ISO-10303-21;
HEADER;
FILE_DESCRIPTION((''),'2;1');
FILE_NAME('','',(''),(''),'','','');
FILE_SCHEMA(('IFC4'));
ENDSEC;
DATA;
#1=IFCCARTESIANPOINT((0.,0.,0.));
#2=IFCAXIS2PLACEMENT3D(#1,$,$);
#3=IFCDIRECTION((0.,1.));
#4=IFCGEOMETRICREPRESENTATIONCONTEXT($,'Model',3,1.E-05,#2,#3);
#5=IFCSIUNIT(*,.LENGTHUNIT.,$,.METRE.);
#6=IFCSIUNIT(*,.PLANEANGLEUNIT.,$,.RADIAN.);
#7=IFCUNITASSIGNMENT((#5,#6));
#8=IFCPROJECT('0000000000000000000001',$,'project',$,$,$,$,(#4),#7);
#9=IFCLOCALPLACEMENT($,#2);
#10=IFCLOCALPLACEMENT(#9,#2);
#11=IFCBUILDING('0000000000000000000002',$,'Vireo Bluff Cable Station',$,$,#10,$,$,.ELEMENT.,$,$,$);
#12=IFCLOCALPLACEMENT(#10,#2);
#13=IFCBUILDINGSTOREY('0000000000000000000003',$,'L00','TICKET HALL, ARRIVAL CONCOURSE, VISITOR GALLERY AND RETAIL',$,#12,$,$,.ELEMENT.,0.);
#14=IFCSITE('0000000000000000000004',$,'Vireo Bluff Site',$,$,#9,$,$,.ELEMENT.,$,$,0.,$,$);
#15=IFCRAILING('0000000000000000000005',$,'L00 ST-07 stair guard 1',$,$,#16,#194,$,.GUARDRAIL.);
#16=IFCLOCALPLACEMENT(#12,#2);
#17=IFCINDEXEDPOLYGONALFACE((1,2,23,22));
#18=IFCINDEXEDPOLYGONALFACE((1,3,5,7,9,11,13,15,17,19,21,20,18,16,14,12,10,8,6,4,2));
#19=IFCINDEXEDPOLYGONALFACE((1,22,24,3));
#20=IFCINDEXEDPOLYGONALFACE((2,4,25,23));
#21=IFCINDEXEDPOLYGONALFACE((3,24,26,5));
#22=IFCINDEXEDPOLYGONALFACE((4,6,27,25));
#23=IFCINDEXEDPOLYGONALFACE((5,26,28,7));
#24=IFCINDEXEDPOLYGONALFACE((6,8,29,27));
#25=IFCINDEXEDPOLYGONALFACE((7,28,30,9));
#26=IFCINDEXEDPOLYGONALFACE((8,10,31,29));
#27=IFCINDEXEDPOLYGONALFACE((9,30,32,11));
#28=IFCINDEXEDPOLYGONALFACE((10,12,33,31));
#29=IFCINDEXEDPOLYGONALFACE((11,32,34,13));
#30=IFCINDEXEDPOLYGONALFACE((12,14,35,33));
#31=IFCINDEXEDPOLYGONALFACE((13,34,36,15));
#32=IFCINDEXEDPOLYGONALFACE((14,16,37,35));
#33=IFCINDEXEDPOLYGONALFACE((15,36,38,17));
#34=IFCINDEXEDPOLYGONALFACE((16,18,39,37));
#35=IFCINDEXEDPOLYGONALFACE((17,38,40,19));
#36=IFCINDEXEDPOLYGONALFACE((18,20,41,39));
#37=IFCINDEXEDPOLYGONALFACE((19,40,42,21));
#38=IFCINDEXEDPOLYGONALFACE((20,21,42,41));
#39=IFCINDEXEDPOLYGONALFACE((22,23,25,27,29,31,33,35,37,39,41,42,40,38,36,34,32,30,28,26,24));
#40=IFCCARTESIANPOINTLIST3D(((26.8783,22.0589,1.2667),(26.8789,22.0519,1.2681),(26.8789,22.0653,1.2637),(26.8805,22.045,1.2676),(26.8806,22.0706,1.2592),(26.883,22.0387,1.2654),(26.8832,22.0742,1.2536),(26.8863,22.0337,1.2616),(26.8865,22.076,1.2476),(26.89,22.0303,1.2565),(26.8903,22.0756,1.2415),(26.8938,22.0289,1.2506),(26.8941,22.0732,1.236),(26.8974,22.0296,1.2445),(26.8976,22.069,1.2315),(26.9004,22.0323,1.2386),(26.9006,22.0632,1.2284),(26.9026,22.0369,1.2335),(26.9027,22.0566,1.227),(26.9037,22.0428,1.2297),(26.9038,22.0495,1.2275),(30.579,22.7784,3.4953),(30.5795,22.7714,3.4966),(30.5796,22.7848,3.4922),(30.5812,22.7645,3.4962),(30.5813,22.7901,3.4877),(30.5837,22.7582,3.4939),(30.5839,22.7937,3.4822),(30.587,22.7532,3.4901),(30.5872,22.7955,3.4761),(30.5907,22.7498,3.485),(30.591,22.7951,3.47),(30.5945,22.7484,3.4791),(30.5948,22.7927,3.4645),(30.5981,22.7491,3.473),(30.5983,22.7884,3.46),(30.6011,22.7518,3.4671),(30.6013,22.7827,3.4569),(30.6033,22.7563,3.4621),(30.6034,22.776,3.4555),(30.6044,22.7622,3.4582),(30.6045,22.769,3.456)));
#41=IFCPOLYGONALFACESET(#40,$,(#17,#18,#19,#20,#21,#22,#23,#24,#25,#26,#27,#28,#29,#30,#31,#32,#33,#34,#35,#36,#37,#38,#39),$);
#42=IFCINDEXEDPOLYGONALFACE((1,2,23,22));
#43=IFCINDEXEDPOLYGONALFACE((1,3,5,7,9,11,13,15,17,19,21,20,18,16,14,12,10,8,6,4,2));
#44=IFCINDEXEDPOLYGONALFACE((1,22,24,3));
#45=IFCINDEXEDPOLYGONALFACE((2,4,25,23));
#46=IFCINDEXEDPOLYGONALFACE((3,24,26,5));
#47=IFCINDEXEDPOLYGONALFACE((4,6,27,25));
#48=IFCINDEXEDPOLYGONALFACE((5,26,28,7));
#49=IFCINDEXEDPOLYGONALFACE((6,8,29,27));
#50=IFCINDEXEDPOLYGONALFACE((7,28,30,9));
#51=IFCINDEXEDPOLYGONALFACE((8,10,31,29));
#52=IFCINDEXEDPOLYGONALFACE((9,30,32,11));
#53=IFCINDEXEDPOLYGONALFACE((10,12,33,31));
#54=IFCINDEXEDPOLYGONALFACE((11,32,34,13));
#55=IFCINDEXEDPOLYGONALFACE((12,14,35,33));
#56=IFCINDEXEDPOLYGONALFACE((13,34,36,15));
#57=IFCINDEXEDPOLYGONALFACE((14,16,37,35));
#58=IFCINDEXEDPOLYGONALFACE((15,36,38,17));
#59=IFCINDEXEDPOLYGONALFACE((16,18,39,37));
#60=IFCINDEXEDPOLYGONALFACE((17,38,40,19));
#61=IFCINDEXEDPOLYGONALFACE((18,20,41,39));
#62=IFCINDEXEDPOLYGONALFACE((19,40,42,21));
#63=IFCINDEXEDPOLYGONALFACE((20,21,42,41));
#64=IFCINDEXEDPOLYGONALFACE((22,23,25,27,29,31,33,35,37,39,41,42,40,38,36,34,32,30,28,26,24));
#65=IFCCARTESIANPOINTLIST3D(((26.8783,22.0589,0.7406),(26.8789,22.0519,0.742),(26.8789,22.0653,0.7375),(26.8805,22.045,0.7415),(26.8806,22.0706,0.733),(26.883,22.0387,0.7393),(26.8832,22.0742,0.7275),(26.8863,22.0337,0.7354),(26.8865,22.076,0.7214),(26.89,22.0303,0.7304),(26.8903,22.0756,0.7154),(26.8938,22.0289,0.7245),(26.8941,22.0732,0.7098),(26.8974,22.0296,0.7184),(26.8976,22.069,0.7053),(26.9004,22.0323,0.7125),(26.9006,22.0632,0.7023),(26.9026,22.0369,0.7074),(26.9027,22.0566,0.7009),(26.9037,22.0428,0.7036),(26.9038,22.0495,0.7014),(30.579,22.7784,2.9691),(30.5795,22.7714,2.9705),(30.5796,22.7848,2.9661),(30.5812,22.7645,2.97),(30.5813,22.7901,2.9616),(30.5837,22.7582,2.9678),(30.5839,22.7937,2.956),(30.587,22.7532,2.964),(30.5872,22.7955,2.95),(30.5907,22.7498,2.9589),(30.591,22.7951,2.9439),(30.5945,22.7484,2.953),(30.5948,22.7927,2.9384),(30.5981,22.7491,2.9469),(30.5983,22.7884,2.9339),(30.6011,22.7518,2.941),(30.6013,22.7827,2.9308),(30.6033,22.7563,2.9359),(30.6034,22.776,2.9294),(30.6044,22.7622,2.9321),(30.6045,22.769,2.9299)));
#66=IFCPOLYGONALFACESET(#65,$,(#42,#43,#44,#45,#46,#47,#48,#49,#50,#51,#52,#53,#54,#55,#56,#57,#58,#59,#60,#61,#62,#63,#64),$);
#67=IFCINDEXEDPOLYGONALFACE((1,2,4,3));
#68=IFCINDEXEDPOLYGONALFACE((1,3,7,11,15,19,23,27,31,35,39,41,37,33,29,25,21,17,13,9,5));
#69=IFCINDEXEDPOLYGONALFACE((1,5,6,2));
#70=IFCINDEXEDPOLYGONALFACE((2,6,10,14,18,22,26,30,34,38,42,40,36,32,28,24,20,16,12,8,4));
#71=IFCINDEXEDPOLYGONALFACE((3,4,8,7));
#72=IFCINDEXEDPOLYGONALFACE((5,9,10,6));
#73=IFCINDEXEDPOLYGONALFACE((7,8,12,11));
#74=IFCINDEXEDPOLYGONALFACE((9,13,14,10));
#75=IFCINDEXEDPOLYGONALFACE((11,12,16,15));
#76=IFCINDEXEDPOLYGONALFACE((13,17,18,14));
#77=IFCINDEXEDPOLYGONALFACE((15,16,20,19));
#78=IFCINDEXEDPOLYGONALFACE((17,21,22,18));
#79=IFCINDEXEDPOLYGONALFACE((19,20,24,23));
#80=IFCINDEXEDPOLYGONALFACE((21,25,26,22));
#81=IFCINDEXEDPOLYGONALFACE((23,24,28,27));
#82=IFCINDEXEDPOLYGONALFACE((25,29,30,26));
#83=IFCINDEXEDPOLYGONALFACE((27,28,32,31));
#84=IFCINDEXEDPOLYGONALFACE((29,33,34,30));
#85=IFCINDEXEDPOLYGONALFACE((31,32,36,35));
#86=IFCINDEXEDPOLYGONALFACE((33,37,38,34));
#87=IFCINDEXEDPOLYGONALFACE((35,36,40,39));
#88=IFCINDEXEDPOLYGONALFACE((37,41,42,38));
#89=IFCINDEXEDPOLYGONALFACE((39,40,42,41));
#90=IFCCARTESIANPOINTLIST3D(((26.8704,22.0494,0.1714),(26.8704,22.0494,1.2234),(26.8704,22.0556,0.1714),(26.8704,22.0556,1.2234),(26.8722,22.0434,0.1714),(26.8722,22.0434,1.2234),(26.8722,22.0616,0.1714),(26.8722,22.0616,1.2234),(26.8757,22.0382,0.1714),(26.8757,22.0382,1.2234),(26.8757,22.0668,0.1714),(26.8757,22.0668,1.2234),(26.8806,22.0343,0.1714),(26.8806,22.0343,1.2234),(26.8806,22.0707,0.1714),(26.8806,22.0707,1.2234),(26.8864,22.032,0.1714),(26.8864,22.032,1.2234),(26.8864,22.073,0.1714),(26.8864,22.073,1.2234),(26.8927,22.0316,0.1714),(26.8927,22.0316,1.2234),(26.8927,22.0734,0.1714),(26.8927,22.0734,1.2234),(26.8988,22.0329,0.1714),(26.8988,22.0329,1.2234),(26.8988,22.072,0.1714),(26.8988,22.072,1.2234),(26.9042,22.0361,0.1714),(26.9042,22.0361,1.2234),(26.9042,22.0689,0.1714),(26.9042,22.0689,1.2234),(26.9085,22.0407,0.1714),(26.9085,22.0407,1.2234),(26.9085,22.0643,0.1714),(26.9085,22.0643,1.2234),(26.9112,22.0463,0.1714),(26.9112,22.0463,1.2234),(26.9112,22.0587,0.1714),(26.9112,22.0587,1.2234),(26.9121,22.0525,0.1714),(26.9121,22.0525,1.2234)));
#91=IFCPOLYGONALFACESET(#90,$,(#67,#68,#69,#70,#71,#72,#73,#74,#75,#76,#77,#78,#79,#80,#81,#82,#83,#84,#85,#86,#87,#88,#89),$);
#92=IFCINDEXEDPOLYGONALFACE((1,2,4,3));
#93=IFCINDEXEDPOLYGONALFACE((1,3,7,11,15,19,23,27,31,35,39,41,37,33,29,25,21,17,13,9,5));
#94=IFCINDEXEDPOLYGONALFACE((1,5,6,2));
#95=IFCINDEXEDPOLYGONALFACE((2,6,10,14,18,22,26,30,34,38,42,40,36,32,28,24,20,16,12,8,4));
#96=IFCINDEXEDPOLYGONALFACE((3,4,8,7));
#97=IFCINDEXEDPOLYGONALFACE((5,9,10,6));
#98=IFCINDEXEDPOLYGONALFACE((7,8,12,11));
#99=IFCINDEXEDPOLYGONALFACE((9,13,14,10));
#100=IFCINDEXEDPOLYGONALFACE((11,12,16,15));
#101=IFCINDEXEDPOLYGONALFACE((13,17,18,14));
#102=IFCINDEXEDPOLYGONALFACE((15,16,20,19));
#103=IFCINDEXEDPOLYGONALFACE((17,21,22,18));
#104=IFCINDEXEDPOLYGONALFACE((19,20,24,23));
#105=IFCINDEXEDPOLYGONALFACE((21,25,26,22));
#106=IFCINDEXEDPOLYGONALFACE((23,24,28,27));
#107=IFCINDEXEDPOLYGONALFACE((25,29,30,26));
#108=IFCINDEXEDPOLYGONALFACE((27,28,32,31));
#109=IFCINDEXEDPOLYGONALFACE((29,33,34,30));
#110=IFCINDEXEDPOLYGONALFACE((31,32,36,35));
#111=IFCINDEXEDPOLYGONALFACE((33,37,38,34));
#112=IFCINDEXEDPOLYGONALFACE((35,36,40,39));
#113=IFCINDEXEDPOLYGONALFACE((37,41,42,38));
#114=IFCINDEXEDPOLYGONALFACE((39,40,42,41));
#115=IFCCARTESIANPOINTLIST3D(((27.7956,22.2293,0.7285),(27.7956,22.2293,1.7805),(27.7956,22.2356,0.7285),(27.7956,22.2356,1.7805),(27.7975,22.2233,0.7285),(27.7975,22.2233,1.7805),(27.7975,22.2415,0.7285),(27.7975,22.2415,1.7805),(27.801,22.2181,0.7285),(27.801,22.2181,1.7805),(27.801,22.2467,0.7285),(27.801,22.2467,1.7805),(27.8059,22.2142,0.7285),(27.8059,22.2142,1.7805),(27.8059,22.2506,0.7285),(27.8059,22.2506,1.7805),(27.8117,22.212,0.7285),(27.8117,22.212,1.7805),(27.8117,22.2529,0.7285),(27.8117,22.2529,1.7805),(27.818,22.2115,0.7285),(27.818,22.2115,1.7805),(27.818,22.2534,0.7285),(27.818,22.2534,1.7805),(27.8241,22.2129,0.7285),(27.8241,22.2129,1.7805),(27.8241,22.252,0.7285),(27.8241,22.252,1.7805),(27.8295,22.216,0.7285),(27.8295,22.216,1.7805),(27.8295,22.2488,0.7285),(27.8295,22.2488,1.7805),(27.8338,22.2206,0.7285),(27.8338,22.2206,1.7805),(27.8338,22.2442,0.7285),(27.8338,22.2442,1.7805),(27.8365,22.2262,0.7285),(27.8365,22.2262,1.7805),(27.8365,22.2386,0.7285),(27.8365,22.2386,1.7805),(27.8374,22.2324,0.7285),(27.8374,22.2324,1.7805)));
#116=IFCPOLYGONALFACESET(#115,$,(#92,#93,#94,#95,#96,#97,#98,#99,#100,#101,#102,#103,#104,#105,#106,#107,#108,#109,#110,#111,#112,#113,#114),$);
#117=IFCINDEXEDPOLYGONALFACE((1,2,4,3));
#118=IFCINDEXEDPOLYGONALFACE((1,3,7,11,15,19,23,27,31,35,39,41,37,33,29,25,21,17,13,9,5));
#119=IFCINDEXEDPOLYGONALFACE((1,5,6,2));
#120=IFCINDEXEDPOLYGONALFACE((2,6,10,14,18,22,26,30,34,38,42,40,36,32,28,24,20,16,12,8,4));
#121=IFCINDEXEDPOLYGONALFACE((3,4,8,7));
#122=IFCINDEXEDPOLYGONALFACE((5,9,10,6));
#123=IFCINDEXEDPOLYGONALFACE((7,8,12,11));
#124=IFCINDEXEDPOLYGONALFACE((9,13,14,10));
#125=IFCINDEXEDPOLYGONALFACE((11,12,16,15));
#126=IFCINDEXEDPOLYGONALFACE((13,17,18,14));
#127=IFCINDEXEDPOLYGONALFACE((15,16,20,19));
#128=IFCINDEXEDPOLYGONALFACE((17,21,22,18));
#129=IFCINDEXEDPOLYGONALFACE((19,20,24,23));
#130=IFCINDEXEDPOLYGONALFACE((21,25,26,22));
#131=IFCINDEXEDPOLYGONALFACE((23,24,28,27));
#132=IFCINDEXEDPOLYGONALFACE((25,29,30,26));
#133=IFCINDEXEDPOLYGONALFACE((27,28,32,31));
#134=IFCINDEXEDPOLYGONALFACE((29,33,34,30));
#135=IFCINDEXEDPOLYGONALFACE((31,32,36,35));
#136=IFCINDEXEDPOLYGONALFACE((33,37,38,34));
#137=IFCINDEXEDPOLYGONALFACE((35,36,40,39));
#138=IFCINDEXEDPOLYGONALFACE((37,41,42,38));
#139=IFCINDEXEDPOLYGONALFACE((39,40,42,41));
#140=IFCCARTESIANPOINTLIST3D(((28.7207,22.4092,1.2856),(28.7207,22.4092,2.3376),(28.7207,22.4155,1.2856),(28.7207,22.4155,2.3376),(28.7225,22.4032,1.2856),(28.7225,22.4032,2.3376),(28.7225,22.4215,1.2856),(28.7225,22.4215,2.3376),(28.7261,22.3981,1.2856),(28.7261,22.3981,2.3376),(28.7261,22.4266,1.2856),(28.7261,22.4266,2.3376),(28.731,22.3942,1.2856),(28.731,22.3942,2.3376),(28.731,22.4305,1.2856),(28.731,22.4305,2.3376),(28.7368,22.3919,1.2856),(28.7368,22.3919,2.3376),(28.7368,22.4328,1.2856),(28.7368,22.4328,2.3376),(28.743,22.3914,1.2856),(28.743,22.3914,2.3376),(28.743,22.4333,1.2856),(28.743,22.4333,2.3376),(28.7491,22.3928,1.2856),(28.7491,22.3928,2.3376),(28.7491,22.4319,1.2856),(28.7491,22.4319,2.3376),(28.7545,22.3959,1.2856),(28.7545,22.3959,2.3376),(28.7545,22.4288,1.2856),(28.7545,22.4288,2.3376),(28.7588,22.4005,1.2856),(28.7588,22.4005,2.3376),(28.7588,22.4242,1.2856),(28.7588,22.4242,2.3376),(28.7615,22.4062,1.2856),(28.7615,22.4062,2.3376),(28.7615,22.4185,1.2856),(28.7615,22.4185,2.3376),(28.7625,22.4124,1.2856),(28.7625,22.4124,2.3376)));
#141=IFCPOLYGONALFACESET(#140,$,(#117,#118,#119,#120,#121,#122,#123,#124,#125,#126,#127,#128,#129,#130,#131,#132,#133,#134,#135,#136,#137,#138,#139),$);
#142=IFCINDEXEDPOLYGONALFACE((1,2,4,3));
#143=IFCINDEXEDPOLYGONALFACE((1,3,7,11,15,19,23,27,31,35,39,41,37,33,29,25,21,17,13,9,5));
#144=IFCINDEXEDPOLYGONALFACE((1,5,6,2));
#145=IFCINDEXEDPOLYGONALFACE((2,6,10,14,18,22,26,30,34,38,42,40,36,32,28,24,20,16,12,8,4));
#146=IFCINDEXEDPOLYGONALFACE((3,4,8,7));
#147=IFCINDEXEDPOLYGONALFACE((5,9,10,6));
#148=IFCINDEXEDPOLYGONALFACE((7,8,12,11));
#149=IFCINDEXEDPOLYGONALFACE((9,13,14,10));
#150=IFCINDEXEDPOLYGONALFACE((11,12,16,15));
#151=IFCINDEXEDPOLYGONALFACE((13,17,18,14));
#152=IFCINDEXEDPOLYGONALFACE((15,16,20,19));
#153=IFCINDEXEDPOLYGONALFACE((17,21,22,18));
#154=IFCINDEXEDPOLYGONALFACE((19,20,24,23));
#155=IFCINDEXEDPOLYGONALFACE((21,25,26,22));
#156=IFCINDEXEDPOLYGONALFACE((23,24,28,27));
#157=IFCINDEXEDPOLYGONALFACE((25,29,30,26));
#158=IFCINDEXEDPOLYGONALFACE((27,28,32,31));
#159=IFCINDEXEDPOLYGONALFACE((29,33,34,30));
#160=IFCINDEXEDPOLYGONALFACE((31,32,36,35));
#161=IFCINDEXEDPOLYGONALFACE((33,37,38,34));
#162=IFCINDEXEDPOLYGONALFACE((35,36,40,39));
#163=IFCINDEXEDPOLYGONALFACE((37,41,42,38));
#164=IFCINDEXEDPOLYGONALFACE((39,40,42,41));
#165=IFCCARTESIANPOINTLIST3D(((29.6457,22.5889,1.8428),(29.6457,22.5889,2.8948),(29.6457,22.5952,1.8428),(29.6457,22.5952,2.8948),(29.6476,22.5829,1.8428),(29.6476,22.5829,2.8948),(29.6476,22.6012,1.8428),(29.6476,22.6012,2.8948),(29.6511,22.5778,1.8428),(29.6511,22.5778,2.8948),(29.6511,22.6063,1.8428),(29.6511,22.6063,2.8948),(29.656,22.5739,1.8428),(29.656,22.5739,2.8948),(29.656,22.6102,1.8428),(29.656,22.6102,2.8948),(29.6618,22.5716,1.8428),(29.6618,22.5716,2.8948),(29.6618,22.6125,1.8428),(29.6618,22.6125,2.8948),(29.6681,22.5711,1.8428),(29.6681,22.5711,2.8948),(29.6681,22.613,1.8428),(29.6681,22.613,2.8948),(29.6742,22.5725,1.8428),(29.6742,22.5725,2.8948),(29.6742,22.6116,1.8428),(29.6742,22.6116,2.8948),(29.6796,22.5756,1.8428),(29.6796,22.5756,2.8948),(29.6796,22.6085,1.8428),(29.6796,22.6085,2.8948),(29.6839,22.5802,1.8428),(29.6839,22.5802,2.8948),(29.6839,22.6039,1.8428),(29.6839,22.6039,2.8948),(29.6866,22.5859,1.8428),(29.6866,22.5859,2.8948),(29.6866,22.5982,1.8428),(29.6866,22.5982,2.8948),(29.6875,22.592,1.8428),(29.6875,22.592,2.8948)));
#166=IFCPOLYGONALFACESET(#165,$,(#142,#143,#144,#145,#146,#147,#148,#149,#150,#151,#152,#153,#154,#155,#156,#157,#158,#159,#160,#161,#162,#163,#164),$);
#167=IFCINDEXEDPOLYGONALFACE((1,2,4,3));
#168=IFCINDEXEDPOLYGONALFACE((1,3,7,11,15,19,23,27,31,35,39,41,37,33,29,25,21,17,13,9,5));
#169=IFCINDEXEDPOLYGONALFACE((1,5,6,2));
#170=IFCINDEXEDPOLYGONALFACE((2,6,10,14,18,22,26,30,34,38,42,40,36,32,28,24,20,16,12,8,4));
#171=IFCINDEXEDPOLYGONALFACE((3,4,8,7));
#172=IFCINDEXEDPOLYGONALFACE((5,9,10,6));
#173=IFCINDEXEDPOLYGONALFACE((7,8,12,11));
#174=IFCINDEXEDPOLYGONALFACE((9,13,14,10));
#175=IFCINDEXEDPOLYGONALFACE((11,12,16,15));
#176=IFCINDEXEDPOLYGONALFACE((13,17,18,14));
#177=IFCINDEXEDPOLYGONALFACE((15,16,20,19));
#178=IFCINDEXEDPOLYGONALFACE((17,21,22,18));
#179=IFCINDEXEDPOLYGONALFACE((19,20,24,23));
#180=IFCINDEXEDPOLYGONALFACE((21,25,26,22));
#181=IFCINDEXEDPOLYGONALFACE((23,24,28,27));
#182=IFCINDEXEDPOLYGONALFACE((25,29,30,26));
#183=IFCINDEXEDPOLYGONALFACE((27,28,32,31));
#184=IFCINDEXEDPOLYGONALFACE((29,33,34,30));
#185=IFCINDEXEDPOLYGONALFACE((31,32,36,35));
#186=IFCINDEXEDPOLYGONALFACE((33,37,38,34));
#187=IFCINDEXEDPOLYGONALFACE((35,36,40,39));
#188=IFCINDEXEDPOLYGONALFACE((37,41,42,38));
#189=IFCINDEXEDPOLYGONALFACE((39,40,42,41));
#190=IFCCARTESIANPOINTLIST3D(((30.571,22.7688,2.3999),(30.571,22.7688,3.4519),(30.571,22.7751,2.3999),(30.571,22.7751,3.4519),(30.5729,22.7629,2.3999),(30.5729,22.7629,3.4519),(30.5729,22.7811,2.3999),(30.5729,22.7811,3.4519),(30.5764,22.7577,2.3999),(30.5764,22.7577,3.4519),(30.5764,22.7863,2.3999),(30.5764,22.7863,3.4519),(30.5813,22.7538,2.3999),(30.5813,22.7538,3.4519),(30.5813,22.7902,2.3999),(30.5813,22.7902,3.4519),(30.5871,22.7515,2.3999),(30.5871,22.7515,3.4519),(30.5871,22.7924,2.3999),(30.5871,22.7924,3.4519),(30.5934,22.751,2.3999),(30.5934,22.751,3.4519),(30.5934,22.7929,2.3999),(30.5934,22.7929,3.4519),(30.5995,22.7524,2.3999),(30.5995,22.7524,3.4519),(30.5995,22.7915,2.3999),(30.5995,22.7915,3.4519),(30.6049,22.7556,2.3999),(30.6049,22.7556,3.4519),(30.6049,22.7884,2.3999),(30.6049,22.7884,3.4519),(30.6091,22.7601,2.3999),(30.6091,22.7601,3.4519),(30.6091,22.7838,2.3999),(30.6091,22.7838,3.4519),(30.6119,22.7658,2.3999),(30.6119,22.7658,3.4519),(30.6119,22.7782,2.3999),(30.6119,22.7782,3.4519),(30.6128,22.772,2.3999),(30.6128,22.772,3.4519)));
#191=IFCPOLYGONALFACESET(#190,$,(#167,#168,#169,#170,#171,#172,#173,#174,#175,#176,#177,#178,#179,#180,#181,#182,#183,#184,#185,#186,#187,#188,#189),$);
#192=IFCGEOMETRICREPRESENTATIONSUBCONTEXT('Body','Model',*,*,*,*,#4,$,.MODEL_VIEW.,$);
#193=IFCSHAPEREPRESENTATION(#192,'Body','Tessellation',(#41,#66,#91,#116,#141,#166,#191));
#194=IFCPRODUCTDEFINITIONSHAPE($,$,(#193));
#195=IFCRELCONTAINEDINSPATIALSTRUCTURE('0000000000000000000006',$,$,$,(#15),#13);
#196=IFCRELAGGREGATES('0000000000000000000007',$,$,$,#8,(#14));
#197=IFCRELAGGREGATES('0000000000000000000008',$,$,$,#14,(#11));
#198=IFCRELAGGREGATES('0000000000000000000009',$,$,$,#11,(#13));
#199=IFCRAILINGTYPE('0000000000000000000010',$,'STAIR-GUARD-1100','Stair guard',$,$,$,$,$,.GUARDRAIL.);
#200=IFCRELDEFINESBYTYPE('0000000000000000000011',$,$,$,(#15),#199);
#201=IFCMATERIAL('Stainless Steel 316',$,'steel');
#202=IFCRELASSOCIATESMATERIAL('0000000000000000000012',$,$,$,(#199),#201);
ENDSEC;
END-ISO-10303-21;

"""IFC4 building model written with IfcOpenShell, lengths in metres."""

from ifc_helpers import new_model, si_unit, direction, frame, origin, origin_2d, place, context, subcontext, project, spatial, circle, extrude, material, type_object, element, save


model = new_model("IFC4")

# Units and contexts
model_context = context("Model", 3, precision=1e-05, world=origin(), true_north=direction((0.0, 1.0)))
body_context = subcontext(model_context, "Body", "Model", "MODEL_VIEW")
ifc_project = project(units=[si_unit("LENGTHUNIT", "METRE"), si_unit("PLANEANGLEUNIT", "RADIAN")], contexts=[model_context])

# Site, building, storey
site_placement = place(None, origin())
site = spatial("IfcSite", under=ifc_project, at=site_placement, Name="Vireo Bluff Site", CompositionType="ELEMENT", RefElevation=0.0)
building_placement = place(site_placement, origin())
building = spatial("IfcBuilding", under=site, at=building_placement, Name="Vireo Bluff Cable Station", CompositionType="ELEMENT")
storey_placement = place(building_placement, origin())
storey = spatial("IfcBuildingStorey", under=building, at=storey_placement, Name="L00", Description="TICKET HALL, ARRIVAL CONCOURSE, VISITOR GALLERY AND RETAIL", CompositionType="ELEMENT", Elevation=0.0)

# Railing
ifc_material_1 = material(Name="Stainless Steel 316", Category="steel")
railing_type_1 = type_object("IfcRailingType", Name="STAIR-GUARD-1100", Description="Stair guard", PredefinedType="GUARDRAIL", material=ifc_material_1)
railing_1_placement = place(storey_placement, frame((26.8911, 22.0525, 0.1714)))
element("IfcRailing", 1, at=railing_1_placement, inside=storey, type_object=railing_type_1, Name="L00 ST-07 stair guard 1", PredefinedType="GUARDRAIL", context=body_context, shape_type="SweptSolid", body=[
    extrude(circle(Radius=0.0239, at=origin_2d()), frame((0.0, 0.0, 1.0762), z_axis=(0.845024, 0.164289, 0.508865), x_axis=(-0.190845, 0.98162, 0.0)), (0.0, 0.0, 1.0), 4.3794),
    extrude(circle(Radius=0.0239, at=origin_2d()), frame((0.0, 0.0, 0.55), z_axis=(0.845024, 0.164289, 0.508865), x_axis=(-0.190845, 0.98162, 0.0)), (0.0, 0.0, 1.0), 4.3794),
    extrude(circle(Radius=0.021, at=origin_2d()), origin(), (0.0, 0.0, 1.0), 1.052),
    extrude(circle(Radius=0.021, at=origin_2d()), frame((0.9253, 0.1799, 0.5571)), (0.0, 0.0, 1.0), 1.052),
    extrude(circle(Radius=0.021, at=origin_2d()), frame((1.8503, 0.3599, 1.1143)), (0.0, 0.0, 1.0), 1.052),
    extrude(circle(Radius=0.021, at=origin_2d()), frame((2.7754, 0.5396, 1.6714)), (0.0, 0.0, 1.0), 1.052),
    extrude(circle(Radius=0.021, at=origin_2d()), frame((3.7007, 0.7195, 2.2285)), (0.0, 0.0, 1.0), 1.052),
])

save(model, "model.ifc")
